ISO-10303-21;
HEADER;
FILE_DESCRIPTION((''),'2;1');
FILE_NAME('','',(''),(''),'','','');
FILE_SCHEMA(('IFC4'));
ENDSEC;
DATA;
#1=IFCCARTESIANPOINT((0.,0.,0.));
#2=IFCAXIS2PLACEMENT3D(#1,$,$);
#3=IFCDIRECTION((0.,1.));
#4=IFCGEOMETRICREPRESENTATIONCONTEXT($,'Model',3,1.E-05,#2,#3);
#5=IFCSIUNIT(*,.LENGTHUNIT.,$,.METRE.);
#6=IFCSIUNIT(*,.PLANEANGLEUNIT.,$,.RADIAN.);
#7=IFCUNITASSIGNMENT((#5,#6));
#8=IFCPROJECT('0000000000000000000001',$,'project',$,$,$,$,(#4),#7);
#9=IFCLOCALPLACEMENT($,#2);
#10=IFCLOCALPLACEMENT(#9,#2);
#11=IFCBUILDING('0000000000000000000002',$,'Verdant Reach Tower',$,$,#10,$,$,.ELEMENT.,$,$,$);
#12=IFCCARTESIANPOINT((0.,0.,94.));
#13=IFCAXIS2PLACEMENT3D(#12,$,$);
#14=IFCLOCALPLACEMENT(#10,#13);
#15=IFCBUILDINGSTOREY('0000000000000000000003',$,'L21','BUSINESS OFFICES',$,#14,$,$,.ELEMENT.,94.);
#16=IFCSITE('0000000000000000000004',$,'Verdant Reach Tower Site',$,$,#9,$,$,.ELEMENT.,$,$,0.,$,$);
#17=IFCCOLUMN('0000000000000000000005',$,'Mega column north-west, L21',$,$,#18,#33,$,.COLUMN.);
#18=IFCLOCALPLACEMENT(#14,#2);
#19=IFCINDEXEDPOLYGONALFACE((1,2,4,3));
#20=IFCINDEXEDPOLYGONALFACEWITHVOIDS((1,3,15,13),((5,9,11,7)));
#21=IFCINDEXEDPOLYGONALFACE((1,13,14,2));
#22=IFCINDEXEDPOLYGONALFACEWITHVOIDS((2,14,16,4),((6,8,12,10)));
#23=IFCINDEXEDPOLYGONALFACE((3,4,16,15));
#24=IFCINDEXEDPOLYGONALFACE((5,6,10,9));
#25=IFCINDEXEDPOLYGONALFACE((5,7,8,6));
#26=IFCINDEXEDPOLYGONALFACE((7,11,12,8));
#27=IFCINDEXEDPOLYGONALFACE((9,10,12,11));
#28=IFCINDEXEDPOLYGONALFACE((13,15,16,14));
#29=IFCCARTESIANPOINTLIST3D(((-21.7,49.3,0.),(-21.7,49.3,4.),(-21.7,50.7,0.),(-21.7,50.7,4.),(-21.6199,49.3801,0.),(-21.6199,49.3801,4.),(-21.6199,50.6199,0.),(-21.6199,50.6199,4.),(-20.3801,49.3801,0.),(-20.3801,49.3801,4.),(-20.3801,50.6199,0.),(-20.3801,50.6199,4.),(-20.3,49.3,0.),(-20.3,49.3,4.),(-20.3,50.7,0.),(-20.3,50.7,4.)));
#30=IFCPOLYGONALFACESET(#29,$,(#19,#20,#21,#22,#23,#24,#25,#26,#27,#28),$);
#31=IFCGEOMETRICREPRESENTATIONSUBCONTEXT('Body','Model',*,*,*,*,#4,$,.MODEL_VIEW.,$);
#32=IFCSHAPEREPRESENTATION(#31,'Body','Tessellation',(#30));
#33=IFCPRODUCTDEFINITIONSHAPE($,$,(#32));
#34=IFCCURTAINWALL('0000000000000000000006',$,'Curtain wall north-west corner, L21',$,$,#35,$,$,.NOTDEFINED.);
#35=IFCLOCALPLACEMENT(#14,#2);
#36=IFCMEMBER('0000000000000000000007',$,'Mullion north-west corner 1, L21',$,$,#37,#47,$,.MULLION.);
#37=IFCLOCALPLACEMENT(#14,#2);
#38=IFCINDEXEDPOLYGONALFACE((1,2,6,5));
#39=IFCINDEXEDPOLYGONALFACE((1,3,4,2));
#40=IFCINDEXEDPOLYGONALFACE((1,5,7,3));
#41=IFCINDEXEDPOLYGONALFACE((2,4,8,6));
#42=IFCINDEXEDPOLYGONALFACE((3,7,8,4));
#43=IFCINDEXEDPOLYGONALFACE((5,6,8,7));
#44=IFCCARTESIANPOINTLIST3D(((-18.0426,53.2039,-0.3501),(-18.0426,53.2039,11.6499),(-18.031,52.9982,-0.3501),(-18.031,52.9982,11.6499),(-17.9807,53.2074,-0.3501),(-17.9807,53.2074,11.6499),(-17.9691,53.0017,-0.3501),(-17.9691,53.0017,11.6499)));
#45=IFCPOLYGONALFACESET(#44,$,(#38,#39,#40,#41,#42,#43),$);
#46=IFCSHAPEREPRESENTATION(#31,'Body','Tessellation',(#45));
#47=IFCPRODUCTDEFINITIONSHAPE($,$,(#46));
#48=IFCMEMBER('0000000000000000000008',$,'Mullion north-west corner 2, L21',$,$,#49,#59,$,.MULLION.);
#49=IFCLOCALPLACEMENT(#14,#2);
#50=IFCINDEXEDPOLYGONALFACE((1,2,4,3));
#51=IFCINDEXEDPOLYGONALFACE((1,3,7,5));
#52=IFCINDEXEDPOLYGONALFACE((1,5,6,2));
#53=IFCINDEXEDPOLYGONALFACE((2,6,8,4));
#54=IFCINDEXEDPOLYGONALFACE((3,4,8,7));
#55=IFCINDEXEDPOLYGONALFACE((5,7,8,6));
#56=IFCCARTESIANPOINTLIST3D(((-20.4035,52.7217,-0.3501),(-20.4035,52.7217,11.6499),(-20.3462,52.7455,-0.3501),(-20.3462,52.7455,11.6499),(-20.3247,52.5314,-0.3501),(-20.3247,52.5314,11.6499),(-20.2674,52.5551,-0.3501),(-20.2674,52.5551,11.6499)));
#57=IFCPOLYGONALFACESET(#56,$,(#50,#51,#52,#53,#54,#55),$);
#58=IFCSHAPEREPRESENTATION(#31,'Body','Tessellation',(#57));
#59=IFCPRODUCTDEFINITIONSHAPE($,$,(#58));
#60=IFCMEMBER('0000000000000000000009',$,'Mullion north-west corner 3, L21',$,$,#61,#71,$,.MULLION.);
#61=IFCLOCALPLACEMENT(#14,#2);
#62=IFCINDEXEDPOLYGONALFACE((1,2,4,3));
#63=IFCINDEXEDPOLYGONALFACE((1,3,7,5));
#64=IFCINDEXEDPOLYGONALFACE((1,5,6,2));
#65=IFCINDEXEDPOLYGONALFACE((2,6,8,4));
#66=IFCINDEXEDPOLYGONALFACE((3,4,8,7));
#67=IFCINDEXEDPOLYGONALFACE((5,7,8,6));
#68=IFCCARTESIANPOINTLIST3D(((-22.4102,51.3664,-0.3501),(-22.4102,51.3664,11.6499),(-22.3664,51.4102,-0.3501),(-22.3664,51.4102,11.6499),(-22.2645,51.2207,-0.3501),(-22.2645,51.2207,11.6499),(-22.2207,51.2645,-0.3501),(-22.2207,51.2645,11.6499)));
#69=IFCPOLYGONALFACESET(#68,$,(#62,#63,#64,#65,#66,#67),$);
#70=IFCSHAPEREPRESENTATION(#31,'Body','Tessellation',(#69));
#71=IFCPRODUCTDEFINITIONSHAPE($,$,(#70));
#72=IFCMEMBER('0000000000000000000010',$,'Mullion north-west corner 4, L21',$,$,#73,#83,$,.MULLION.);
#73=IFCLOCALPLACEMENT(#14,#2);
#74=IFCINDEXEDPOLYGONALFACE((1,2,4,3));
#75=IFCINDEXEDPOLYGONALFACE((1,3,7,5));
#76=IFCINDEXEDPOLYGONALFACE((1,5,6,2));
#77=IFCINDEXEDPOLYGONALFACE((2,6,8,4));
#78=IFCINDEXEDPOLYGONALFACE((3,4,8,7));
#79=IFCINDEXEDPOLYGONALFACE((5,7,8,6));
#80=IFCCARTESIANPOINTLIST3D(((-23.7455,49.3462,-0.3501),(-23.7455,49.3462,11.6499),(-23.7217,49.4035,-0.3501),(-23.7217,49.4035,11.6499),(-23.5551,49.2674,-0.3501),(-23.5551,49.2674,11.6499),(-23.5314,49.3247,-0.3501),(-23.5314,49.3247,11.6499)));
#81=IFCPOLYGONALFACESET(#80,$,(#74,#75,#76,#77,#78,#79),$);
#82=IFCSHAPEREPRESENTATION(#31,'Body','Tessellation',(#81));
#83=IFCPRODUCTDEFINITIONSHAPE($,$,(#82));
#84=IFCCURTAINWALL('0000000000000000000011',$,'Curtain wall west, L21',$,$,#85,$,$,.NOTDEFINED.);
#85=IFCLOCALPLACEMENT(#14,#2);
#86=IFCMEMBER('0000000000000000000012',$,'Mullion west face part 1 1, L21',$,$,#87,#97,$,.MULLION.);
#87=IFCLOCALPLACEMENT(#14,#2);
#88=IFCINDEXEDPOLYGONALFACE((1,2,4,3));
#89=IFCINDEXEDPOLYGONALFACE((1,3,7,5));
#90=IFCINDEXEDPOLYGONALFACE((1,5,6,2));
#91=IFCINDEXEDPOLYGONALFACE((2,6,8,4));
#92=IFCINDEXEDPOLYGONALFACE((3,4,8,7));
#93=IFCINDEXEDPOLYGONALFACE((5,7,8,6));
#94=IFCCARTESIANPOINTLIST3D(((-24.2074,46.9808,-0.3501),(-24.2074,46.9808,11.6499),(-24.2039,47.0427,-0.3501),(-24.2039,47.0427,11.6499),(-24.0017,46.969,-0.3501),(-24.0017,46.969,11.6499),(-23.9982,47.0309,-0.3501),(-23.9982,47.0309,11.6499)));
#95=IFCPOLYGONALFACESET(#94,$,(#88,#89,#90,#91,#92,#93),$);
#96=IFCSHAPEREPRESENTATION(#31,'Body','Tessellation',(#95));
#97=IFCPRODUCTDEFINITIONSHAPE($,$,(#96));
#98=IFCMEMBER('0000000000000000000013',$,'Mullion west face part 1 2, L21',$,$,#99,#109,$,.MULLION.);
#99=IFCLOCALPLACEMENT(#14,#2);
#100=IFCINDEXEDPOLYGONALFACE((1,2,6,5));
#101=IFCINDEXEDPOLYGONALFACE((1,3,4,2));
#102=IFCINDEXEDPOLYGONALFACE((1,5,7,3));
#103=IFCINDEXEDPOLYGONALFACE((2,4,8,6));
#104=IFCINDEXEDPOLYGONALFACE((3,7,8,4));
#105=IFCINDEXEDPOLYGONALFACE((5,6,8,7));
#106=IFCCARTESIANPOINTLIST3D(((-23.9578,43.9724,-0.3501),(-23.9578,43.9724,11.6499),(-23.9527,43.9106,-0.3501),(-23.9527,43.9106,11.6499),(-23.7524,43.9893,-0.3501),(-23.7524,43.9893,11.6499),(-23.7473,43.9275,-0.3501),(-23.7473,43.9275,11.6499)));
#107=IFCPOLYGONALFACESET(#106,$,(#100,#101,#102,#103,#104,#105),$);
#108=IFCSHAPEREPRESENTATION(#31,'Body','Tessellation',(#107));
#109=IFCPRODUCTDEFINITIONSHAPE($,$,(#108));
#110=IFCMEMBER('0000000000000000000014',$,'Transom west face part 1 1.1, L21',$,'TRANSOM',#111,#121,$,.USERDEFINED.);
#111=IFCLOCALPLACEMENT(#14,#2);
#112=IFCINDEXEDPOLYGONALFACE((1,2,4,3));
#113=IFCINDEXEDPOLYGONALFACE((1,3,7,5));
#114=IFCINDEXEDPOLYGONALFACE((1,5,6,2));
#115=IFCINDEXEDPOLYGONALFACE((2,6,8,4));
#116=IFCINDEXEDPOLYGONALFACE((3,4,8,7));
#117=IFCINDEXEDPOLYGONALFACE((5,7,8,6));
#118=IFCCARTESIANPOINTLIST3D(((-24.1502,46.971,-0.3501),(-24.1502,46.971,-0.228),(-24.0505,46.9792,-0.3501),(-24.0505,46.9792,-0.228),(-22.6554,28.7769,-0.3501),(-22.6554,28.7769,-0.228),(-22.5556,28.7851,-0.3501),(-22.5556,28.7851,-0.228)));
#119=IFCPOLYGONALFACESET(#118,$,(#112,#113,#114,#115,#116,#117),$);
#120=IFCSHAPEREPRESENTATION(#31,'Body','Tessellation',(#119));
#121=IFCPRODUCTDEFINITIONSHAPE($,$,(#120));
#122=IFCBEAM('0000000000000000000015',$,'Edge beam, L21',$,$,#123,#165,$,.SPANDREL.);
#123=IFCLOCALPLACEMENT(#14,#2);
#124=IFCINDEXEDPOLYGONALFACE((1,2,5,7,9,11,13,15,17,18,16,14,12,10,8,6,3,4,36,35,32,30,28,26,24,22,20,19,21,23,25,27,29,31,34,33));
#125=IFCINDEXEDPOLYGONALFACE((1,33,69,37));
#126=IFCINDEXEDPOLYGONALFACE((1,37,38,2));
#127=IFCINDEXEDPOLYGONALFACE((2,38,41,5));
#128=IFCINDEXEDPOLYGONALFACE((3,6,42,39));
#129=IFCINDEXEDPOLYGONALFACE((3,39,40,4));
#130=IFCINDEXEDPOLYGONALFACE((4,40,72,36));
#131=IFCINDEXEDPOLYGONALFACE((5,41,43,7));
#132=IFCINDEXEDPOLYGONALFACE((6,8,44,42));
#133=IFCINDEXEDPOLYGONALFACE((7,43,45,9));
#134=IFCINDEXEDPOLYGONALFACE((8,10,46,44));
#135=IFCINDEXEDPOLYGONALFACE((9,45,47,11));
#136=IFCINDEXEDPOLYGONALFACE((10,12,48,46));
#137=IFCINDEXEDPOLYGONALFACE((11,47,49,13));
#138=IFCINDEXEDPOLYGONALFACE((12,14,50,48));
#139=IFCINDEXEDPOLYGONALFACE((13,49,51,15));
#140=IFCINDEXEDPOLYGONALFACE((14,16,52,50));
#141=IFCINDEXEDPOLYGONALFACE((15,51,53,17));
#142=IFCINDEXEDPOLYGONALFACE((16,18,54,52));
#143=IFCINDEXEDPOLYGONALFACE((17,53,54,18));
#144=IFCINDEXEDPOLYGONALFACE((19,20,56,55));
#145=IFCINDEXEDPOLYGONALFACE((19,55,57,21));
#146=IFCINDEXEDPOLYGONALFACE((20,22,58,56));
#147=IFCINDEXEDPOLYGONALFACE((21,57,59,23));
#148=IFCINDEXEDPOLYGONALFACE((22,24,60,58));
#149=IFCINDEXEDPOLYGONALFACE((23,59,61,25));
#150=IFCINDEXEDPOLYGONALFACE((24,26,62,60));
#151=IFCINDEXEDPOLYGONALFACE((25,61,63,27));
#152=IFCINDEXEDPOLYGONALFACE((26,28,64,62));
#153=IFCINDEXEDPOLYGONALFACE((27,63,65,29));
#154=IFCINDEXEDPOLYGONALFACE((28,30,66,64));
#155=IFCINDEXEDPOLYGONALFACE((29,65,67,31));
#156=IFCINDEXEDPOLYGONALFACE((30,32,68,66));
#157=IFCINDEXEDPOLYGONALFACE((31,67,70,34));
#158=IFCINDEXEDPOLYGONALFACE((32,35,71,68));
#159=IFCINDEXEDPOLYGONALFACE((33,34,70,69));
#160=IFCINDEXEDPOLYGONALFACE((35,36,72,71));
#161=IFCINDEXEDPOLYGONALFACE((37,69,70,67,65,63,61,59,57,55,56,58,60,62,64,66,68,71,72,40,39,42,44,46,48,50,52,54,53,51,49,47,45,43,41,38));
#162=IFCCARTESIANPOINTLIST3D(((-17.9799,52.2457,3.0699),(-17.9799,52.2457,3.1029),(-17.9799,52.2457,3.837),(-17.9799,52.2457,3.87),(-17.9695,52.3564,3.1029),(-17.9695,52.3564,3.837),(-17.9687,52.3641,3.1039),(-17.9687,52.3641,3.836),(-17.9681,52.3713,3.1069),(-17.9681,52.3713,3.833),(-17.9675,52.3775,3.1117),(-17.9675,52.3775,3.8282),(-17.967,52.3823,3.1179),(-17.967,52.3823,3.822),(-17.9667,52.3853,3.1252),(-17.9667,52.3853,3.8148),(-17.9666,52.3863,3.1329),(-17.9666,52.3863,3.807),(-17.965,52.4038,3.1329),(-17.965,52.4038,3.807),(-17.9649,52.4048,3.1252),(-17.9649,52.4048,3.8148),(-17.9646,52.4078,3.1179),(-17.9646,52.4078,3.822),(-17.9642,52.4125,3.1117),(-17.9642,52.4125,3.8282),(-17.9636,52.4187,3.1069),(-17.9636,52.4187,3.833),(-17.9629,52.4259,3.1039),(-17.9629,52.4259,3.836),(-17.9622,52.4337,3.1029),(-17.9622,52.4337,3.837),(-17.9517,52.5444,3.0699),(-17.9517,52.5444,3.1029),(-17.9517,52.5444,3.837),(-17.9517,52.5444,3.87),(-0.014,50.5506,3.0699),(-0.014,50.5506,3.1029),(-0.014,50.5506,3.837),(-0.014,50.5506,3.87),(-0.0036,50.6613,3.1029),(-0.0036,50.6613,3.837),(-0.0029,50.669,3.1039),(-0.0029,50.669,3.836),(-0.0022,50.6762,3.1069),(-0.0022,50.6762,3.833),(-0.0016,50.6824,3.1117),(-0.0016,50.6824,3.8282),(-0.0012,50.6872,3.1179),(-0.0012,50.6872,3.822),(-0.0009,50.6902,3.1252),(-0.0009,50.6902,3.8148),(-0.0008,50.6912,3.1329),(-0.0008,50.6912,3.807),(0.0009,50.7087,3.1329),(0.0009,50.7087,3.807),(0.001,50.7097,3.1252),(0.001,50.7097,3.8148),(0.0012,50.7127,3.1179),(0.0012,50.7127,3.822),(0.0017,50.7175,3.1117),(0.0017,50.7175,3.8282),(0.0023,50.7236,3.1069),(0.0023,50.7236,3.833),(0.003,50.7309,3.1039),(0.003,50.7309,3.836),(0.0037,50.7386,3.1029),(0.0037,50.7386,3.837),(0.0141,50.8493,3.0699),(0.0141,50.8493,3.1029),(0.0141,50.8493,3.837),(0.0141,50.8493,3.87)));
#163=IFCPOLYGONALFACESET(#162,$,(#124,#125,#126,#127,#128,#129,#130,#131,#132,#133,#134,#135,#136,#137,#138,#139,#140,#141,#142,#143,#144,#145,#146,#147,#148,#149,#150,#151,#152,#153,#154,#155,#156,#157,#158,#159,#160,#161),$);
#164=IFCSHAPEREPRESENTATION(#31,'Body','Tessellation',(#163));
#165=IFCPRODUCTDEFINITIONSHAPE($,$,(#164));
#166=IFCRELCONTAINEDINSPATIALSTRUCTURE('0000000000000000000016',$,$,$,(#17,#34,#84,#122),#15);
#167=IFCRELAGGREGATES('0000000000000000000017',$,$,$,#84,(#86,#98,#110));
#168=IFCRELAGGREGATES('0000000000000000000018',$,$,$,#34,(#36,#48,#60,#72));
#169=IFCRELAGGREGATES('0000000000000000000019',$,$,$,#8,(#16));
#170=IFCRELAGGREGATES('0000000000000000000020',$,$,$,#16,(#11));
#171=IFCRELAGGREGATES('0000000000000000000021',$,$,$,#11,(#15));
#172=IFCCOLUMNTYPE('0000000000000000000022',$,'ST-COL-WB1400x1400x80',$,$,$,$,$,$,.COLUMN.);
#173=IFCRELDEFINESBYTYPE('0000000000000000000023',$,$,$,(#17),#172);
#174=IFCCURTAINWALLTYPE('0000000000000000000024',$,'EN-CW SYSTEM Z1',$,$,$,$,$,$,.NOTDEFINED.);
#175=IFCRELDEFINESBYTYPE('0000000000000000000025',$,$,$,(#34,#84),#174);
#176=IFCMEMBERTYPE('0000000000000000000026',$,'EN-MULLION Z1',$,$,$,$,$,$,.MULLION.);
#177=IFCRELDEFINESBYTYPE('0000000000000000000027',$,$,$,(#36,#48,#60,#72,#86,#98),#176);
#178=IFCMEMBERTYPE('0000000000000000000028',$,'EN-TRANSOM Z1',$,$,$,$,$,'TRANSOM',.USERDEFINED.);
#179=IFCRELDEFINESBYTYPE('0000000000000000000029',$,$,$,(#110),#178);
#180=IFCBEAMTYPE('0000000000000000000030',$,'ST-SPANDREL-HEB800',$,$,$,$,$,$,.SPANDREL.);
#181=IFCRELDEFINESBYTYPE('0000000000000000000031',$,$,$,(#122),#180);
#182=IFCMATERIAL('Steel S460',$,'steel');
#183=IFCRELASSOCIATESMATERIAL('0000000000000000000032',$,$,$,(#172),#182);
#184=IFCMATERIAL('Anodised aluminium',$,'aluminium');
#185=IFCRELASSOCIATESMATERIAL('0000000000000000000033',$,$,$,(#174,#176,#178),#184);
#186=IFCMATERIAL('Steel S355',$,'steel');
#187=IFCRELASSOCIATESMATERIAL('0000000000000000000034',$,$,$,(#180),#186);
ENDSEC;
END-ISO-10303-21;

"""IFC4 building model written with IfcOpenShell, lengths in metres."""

from ifc_helpers import new_model, si_unit, direction, frame, origin, origin_2d, place, context, subcontext, project, spatial, rectangle, hollow_rectangle, i_section, extrude, material, material_profile, profile_set, type_object, element, aggregate, save


model = new_model("IFC4")

# Units and contexts
model_context = context("Model", 3, precision=1e-05, world=origin(), true_north=direction((0.0, 1.0)))
body_context = subcontext(model_context, "Body", "Model", "MODEL_VIEW")
ifc_project = project(units=[si_unit("LENGTHUNIT", "METRE"), si_unit("PLANEANGLEUNIT", "RADIAN")], contexts=[model_context])

# Site, building, storey
site_placement = place(None, origin())
site = spatial("IfcSite", under=ifc_project, at=site_placement, Name="Verdant Reach Tower Site", CompositionType="ELEMENT", RefElevation=0.0)
building_placement = place(site_placement, origin())
building = spatial("IfcBuilding", under=site, at=building_placement, Name="Verdant Reach Tower", CompositionType="ELEMENT")
storey_placement = place(building_placement, frame((0.0, 0.0, 94.0)))
storey = spatial("IfcBuildingStorey", under=building, at=storey_placement, Name="L21", Description="BUSINESS OFFICES", CompositionType="ELEMENT", Elevation=94.0)

# Column
ifc_material_1 = material(Name="Steel S460", Category="steel")
ifc_material_profile_1 = material_profile(ifc_material_1, hollow_rectangle(XDim=1.3999, YDim=1.3999, WallThickness=0.0801, at=origin_2d()), Name="WB 1400x1400x80")
ifc_profile_set_1 = profile_set([ifc_material_profile_1], Name="Steel S460")
column_type = type_object("IfcColumnType", Name="ST-COL-WB1400x1400x80", PredefinedType="COLUMN", material=ifc_profile_set_1)
column_placement = place(storey_placement, frame((-21.0, 50.0, 0.0), z_axis=(0.0, 0.0, 1.0), x_axis=(1.0, 0.0, 0.0)))
element("IfcColumn", 1, at=column_placement, inside=storey, type_object=column_type, Name="Mega column north-west, L21", PredefinedType="COLUMN", context=body_context, shape_type="SweptSolid", body=[
    extrude(hollow_rectangle(XDim=1.3999, YDim=1.3999, WallThickness=0.0801, at=origin_2d()), origin(), (0.0, 0.0, 1.0), 4.0),
])

# Curtain walls, members
ifc_material_2 = material(Name="Anodised aluminium", Category="aluminium")
curtain_wall_type = type_object("IfcCurtainWallType", Name="EN-CW SYSTEM Z1", PredefinedType="NOTDEFINED", material=ifc_material_2)
curtain_wall_1_placement = place(storey_placement, origin())
curtain_wall_1 = element("IfcCurtainWall", 2, at=curtain_wall_1_placement, inside=storey, type_object=curtain_wall_type, Name="Curtain wall north-west corner, L21", PredefinedType="NOTDEFINED")
ifc_material_profile_2 = material_profile(ifc_material_2, rectangle(XDim=0.2061, YDim=0.062, at=origin_2d()), Name="Mullion 62x206")
ifc_profile_set_2 = profile_set([ifc_material_profile_2], Name="Anodised aluminium")
member_type_1 = type_object("IfcMemberType", Name="EN-MULLION Z1", PredefinedType="MULLION", material=ifc_profile_set_2)
member_1_placement = place(storey_placement, frame((-18.0059, 53.1028, -0.3501), z_axis=(0.0, 0.0, 1.0), x_axis=(-0.056569, 0.998399, 0.0)))
member_1 = element("IfcMember", 3, at=member_1_placement, type_object=member_type_1, Name="Mullion north-west corner 1, L21", PredefinedType="MULLION", context=body_context, shape_type="SweptSolid", body=[
    extrude(rectangle(XDim=0.2061, YDim=0.062, at=origin_2d()), origin(), (0.0, 0.0, 1.0), 12.0),
])
member_2_placement = place(storey_placement, frame((-20.3354, 52.6384, -0.3501), z_axis=(0.0, 0.0, 1.0), x_axis=(-0.382694, 0.923875, 0.0)))
member_2 = element("IfcMember", 4, at=member_2_placement, type_object=member_type_1, Name="Mullion north-west corner 2, L21", PredefinedType="MULLION", context=body_context, shape_type="SweptSolid", body=[
    extrude(rectangle(XDim=0.2061, YDim=0.062, at=origin_2d()), origin(), (0.0, 0.0, 1.0), 12.0),
])
member_3_placement = place(storey_placement, frame((-22.3154, 51.3154, -0.3501), z_axis=(0.0, 0.0, 1.0), x_axis=(-0.707107, 0.707107, 0.0)))
member_3 = element("IfcMember", 5, at=member_3_placement, type_object=member_type_1, Name="Mullion north-west corner 3, L21", PredefinedType="MULLION", context=body_context, shape_type="SweptSolid", body=[
    extrude(rectangle(XDim=0.2061, YDim=0.062, at=origin_2d()), origin(), (0.0, 0.0, 1.0), 12.0),
])
member_4_placement = place(storey_placement, frame((-23.6384, 49.3354, -0.3501), z_axis=(0.0, 0.0, 1.0), x_axis=(-0.923875, 0.382694, 0.0)))
member_4 = element("IfcMember", 6, at=member_4_placement, type_object=member_type_1, Name="Mullion north-west corner 4, L21", PredefinedType="MULLION", context=body_context, shape_type="SweptSolid", body=[
    extrude(rectangle(XDim=0.2061, YDim=0.062, at=origin_2d()), origin(), (0.0, 0.0, 1.0), 12.0),
])
curtain_wall_2_placement = place(storey_placement, origin())
curtain_wall_2 = element("IfcCurtainWall", 7, at=curtain_wall_2_placement, inside=storey, type_object=curtain_wall_type, Name="Curtain wall west, L21", PredefinedType="NOTDEFINED")
member_5_placement = place(storey_placement, frame((-24.1028, 47.0059, -0.3501), z_axis=(0.0, 0.0, 1.0), x_axis=(-0.998366, 0.057135, 0.0)))
member_5 = element("IfcMember", 8, at=member_5_placement, type_object=member_type_1, Name="Mullion west face part 1 1, L21", PredefinedType="MULLION", context=body_context, shape_type="SweptSolid", body=[
    extrude(rectangle(XDim=0.2061, YDim=0.062, at=origin_2d()), origin(), (0.0, 0.0, 1.0), 12.0),
])
member_6_placement = place(storey_placement, frame((-23.8525, 43.95, -0.3501), z_axis=(0.0, 0.0, 1.0), x_axis=(-0.996639, -0.081916, 0.0)))
member_6 = element("IfcMember", 9, at=member_6_placement, type_object=member_type_1, Name="Mullion west face part 1 2, L21", PredefinedType="MULLION", context=body_context, shape_type="SweptSolid", body=[
    extrude(rectangle(XDim=0.2061, YDim=0.062, at=origin_2d()), origin(), (0.0, 0.0, 1.0), 12.0),
])
ifc_material_profile_3 = material_profile(ifc_material_2, rectangle(XDim=0.1001, YDim=0.1221, at=origin_2d()), Name="Transom 122x100")
ifc_profile_set_3 = profile_set([ifc_material_profile_3], Name="Anodised aluminium")
member_type_2 = type_object("IfcMemberType", Name="EN-TRANSOM Z1", ElementType="TRANSOM", PredefinedType="USERDEFINED", material=ifc_profile_set_3)
member_7_placement = place(storey_placement, frame((-24.1003, 46.9751, -0.2891), z_axis=(0.081887, -0.996642, 0.0), x_axis=(0.996642, 0.081887, 0.0)))
member_7 = element("IfcMember", 10, at=member_7_placement, type_object=member_type_2, Name="Transom west face part 1 1.1, L21", ObjectType="TRANSOM", PredefinedType="USERDEFINED", context=body_context, shape_type="SweptSolid", body=[
    extrude(rectangle(XDim=0.1001, YDim=0.1221, at=origin_2d()), origin(), (0.0, 0.0, 1.0), 18.2554),
])

# Beam
ifc_material_3 = material(Name="Steel S355", Category="steel")
ifc_material_profile_4 = material_profile(ifc_material_3, i_section(OverallWidth=0.3, OverallDepth=0.8, WebThickness=0.0176, FlangeThickness=0.033, FilletRadius=0.03, at=origin_2d()), Name="HEB 800")
ifc_profile_set_4 = profile_set([ifc_material_profile_4], Name="Steel S355")
beam_type_1 = type_object("IfcBeamType", Name="ST-SPANDREL-HEB800", PredefinedType="SPANDREL", material=ifc_profile_set_4)
beam_1_placement = place(storey_placement, frame((-17.9658, 52.395, 3.47), z_axis=(0.995579, -0.093932, 0.0), x_axis=(0.093932, 0.995579, 0.0)))
element("IfcBeam", 11, at=beam_1_placement, inside=storey, type_object=beam_type_1, Name="Edge beam, L21", PredefinedType="SPANDREL", context=body_context, shape_type="SweptSolid", body=[
    extrude(i_section(OverallWidth=0.3, OverallDepth=0.8, WebThickness=0.0176, FlangeThickness=0.033, FilletRadius=0.03, at=origin_2d()), origin(), (0.0, 0.0, 1.0), 18.0457),
])

aggregate(curtain_wall_2, [member_5, member_6, member_7])
aggregate(curtain_wall_1, [member_1, member_2, member_3, member_4])

save(model, "model.ifc")
